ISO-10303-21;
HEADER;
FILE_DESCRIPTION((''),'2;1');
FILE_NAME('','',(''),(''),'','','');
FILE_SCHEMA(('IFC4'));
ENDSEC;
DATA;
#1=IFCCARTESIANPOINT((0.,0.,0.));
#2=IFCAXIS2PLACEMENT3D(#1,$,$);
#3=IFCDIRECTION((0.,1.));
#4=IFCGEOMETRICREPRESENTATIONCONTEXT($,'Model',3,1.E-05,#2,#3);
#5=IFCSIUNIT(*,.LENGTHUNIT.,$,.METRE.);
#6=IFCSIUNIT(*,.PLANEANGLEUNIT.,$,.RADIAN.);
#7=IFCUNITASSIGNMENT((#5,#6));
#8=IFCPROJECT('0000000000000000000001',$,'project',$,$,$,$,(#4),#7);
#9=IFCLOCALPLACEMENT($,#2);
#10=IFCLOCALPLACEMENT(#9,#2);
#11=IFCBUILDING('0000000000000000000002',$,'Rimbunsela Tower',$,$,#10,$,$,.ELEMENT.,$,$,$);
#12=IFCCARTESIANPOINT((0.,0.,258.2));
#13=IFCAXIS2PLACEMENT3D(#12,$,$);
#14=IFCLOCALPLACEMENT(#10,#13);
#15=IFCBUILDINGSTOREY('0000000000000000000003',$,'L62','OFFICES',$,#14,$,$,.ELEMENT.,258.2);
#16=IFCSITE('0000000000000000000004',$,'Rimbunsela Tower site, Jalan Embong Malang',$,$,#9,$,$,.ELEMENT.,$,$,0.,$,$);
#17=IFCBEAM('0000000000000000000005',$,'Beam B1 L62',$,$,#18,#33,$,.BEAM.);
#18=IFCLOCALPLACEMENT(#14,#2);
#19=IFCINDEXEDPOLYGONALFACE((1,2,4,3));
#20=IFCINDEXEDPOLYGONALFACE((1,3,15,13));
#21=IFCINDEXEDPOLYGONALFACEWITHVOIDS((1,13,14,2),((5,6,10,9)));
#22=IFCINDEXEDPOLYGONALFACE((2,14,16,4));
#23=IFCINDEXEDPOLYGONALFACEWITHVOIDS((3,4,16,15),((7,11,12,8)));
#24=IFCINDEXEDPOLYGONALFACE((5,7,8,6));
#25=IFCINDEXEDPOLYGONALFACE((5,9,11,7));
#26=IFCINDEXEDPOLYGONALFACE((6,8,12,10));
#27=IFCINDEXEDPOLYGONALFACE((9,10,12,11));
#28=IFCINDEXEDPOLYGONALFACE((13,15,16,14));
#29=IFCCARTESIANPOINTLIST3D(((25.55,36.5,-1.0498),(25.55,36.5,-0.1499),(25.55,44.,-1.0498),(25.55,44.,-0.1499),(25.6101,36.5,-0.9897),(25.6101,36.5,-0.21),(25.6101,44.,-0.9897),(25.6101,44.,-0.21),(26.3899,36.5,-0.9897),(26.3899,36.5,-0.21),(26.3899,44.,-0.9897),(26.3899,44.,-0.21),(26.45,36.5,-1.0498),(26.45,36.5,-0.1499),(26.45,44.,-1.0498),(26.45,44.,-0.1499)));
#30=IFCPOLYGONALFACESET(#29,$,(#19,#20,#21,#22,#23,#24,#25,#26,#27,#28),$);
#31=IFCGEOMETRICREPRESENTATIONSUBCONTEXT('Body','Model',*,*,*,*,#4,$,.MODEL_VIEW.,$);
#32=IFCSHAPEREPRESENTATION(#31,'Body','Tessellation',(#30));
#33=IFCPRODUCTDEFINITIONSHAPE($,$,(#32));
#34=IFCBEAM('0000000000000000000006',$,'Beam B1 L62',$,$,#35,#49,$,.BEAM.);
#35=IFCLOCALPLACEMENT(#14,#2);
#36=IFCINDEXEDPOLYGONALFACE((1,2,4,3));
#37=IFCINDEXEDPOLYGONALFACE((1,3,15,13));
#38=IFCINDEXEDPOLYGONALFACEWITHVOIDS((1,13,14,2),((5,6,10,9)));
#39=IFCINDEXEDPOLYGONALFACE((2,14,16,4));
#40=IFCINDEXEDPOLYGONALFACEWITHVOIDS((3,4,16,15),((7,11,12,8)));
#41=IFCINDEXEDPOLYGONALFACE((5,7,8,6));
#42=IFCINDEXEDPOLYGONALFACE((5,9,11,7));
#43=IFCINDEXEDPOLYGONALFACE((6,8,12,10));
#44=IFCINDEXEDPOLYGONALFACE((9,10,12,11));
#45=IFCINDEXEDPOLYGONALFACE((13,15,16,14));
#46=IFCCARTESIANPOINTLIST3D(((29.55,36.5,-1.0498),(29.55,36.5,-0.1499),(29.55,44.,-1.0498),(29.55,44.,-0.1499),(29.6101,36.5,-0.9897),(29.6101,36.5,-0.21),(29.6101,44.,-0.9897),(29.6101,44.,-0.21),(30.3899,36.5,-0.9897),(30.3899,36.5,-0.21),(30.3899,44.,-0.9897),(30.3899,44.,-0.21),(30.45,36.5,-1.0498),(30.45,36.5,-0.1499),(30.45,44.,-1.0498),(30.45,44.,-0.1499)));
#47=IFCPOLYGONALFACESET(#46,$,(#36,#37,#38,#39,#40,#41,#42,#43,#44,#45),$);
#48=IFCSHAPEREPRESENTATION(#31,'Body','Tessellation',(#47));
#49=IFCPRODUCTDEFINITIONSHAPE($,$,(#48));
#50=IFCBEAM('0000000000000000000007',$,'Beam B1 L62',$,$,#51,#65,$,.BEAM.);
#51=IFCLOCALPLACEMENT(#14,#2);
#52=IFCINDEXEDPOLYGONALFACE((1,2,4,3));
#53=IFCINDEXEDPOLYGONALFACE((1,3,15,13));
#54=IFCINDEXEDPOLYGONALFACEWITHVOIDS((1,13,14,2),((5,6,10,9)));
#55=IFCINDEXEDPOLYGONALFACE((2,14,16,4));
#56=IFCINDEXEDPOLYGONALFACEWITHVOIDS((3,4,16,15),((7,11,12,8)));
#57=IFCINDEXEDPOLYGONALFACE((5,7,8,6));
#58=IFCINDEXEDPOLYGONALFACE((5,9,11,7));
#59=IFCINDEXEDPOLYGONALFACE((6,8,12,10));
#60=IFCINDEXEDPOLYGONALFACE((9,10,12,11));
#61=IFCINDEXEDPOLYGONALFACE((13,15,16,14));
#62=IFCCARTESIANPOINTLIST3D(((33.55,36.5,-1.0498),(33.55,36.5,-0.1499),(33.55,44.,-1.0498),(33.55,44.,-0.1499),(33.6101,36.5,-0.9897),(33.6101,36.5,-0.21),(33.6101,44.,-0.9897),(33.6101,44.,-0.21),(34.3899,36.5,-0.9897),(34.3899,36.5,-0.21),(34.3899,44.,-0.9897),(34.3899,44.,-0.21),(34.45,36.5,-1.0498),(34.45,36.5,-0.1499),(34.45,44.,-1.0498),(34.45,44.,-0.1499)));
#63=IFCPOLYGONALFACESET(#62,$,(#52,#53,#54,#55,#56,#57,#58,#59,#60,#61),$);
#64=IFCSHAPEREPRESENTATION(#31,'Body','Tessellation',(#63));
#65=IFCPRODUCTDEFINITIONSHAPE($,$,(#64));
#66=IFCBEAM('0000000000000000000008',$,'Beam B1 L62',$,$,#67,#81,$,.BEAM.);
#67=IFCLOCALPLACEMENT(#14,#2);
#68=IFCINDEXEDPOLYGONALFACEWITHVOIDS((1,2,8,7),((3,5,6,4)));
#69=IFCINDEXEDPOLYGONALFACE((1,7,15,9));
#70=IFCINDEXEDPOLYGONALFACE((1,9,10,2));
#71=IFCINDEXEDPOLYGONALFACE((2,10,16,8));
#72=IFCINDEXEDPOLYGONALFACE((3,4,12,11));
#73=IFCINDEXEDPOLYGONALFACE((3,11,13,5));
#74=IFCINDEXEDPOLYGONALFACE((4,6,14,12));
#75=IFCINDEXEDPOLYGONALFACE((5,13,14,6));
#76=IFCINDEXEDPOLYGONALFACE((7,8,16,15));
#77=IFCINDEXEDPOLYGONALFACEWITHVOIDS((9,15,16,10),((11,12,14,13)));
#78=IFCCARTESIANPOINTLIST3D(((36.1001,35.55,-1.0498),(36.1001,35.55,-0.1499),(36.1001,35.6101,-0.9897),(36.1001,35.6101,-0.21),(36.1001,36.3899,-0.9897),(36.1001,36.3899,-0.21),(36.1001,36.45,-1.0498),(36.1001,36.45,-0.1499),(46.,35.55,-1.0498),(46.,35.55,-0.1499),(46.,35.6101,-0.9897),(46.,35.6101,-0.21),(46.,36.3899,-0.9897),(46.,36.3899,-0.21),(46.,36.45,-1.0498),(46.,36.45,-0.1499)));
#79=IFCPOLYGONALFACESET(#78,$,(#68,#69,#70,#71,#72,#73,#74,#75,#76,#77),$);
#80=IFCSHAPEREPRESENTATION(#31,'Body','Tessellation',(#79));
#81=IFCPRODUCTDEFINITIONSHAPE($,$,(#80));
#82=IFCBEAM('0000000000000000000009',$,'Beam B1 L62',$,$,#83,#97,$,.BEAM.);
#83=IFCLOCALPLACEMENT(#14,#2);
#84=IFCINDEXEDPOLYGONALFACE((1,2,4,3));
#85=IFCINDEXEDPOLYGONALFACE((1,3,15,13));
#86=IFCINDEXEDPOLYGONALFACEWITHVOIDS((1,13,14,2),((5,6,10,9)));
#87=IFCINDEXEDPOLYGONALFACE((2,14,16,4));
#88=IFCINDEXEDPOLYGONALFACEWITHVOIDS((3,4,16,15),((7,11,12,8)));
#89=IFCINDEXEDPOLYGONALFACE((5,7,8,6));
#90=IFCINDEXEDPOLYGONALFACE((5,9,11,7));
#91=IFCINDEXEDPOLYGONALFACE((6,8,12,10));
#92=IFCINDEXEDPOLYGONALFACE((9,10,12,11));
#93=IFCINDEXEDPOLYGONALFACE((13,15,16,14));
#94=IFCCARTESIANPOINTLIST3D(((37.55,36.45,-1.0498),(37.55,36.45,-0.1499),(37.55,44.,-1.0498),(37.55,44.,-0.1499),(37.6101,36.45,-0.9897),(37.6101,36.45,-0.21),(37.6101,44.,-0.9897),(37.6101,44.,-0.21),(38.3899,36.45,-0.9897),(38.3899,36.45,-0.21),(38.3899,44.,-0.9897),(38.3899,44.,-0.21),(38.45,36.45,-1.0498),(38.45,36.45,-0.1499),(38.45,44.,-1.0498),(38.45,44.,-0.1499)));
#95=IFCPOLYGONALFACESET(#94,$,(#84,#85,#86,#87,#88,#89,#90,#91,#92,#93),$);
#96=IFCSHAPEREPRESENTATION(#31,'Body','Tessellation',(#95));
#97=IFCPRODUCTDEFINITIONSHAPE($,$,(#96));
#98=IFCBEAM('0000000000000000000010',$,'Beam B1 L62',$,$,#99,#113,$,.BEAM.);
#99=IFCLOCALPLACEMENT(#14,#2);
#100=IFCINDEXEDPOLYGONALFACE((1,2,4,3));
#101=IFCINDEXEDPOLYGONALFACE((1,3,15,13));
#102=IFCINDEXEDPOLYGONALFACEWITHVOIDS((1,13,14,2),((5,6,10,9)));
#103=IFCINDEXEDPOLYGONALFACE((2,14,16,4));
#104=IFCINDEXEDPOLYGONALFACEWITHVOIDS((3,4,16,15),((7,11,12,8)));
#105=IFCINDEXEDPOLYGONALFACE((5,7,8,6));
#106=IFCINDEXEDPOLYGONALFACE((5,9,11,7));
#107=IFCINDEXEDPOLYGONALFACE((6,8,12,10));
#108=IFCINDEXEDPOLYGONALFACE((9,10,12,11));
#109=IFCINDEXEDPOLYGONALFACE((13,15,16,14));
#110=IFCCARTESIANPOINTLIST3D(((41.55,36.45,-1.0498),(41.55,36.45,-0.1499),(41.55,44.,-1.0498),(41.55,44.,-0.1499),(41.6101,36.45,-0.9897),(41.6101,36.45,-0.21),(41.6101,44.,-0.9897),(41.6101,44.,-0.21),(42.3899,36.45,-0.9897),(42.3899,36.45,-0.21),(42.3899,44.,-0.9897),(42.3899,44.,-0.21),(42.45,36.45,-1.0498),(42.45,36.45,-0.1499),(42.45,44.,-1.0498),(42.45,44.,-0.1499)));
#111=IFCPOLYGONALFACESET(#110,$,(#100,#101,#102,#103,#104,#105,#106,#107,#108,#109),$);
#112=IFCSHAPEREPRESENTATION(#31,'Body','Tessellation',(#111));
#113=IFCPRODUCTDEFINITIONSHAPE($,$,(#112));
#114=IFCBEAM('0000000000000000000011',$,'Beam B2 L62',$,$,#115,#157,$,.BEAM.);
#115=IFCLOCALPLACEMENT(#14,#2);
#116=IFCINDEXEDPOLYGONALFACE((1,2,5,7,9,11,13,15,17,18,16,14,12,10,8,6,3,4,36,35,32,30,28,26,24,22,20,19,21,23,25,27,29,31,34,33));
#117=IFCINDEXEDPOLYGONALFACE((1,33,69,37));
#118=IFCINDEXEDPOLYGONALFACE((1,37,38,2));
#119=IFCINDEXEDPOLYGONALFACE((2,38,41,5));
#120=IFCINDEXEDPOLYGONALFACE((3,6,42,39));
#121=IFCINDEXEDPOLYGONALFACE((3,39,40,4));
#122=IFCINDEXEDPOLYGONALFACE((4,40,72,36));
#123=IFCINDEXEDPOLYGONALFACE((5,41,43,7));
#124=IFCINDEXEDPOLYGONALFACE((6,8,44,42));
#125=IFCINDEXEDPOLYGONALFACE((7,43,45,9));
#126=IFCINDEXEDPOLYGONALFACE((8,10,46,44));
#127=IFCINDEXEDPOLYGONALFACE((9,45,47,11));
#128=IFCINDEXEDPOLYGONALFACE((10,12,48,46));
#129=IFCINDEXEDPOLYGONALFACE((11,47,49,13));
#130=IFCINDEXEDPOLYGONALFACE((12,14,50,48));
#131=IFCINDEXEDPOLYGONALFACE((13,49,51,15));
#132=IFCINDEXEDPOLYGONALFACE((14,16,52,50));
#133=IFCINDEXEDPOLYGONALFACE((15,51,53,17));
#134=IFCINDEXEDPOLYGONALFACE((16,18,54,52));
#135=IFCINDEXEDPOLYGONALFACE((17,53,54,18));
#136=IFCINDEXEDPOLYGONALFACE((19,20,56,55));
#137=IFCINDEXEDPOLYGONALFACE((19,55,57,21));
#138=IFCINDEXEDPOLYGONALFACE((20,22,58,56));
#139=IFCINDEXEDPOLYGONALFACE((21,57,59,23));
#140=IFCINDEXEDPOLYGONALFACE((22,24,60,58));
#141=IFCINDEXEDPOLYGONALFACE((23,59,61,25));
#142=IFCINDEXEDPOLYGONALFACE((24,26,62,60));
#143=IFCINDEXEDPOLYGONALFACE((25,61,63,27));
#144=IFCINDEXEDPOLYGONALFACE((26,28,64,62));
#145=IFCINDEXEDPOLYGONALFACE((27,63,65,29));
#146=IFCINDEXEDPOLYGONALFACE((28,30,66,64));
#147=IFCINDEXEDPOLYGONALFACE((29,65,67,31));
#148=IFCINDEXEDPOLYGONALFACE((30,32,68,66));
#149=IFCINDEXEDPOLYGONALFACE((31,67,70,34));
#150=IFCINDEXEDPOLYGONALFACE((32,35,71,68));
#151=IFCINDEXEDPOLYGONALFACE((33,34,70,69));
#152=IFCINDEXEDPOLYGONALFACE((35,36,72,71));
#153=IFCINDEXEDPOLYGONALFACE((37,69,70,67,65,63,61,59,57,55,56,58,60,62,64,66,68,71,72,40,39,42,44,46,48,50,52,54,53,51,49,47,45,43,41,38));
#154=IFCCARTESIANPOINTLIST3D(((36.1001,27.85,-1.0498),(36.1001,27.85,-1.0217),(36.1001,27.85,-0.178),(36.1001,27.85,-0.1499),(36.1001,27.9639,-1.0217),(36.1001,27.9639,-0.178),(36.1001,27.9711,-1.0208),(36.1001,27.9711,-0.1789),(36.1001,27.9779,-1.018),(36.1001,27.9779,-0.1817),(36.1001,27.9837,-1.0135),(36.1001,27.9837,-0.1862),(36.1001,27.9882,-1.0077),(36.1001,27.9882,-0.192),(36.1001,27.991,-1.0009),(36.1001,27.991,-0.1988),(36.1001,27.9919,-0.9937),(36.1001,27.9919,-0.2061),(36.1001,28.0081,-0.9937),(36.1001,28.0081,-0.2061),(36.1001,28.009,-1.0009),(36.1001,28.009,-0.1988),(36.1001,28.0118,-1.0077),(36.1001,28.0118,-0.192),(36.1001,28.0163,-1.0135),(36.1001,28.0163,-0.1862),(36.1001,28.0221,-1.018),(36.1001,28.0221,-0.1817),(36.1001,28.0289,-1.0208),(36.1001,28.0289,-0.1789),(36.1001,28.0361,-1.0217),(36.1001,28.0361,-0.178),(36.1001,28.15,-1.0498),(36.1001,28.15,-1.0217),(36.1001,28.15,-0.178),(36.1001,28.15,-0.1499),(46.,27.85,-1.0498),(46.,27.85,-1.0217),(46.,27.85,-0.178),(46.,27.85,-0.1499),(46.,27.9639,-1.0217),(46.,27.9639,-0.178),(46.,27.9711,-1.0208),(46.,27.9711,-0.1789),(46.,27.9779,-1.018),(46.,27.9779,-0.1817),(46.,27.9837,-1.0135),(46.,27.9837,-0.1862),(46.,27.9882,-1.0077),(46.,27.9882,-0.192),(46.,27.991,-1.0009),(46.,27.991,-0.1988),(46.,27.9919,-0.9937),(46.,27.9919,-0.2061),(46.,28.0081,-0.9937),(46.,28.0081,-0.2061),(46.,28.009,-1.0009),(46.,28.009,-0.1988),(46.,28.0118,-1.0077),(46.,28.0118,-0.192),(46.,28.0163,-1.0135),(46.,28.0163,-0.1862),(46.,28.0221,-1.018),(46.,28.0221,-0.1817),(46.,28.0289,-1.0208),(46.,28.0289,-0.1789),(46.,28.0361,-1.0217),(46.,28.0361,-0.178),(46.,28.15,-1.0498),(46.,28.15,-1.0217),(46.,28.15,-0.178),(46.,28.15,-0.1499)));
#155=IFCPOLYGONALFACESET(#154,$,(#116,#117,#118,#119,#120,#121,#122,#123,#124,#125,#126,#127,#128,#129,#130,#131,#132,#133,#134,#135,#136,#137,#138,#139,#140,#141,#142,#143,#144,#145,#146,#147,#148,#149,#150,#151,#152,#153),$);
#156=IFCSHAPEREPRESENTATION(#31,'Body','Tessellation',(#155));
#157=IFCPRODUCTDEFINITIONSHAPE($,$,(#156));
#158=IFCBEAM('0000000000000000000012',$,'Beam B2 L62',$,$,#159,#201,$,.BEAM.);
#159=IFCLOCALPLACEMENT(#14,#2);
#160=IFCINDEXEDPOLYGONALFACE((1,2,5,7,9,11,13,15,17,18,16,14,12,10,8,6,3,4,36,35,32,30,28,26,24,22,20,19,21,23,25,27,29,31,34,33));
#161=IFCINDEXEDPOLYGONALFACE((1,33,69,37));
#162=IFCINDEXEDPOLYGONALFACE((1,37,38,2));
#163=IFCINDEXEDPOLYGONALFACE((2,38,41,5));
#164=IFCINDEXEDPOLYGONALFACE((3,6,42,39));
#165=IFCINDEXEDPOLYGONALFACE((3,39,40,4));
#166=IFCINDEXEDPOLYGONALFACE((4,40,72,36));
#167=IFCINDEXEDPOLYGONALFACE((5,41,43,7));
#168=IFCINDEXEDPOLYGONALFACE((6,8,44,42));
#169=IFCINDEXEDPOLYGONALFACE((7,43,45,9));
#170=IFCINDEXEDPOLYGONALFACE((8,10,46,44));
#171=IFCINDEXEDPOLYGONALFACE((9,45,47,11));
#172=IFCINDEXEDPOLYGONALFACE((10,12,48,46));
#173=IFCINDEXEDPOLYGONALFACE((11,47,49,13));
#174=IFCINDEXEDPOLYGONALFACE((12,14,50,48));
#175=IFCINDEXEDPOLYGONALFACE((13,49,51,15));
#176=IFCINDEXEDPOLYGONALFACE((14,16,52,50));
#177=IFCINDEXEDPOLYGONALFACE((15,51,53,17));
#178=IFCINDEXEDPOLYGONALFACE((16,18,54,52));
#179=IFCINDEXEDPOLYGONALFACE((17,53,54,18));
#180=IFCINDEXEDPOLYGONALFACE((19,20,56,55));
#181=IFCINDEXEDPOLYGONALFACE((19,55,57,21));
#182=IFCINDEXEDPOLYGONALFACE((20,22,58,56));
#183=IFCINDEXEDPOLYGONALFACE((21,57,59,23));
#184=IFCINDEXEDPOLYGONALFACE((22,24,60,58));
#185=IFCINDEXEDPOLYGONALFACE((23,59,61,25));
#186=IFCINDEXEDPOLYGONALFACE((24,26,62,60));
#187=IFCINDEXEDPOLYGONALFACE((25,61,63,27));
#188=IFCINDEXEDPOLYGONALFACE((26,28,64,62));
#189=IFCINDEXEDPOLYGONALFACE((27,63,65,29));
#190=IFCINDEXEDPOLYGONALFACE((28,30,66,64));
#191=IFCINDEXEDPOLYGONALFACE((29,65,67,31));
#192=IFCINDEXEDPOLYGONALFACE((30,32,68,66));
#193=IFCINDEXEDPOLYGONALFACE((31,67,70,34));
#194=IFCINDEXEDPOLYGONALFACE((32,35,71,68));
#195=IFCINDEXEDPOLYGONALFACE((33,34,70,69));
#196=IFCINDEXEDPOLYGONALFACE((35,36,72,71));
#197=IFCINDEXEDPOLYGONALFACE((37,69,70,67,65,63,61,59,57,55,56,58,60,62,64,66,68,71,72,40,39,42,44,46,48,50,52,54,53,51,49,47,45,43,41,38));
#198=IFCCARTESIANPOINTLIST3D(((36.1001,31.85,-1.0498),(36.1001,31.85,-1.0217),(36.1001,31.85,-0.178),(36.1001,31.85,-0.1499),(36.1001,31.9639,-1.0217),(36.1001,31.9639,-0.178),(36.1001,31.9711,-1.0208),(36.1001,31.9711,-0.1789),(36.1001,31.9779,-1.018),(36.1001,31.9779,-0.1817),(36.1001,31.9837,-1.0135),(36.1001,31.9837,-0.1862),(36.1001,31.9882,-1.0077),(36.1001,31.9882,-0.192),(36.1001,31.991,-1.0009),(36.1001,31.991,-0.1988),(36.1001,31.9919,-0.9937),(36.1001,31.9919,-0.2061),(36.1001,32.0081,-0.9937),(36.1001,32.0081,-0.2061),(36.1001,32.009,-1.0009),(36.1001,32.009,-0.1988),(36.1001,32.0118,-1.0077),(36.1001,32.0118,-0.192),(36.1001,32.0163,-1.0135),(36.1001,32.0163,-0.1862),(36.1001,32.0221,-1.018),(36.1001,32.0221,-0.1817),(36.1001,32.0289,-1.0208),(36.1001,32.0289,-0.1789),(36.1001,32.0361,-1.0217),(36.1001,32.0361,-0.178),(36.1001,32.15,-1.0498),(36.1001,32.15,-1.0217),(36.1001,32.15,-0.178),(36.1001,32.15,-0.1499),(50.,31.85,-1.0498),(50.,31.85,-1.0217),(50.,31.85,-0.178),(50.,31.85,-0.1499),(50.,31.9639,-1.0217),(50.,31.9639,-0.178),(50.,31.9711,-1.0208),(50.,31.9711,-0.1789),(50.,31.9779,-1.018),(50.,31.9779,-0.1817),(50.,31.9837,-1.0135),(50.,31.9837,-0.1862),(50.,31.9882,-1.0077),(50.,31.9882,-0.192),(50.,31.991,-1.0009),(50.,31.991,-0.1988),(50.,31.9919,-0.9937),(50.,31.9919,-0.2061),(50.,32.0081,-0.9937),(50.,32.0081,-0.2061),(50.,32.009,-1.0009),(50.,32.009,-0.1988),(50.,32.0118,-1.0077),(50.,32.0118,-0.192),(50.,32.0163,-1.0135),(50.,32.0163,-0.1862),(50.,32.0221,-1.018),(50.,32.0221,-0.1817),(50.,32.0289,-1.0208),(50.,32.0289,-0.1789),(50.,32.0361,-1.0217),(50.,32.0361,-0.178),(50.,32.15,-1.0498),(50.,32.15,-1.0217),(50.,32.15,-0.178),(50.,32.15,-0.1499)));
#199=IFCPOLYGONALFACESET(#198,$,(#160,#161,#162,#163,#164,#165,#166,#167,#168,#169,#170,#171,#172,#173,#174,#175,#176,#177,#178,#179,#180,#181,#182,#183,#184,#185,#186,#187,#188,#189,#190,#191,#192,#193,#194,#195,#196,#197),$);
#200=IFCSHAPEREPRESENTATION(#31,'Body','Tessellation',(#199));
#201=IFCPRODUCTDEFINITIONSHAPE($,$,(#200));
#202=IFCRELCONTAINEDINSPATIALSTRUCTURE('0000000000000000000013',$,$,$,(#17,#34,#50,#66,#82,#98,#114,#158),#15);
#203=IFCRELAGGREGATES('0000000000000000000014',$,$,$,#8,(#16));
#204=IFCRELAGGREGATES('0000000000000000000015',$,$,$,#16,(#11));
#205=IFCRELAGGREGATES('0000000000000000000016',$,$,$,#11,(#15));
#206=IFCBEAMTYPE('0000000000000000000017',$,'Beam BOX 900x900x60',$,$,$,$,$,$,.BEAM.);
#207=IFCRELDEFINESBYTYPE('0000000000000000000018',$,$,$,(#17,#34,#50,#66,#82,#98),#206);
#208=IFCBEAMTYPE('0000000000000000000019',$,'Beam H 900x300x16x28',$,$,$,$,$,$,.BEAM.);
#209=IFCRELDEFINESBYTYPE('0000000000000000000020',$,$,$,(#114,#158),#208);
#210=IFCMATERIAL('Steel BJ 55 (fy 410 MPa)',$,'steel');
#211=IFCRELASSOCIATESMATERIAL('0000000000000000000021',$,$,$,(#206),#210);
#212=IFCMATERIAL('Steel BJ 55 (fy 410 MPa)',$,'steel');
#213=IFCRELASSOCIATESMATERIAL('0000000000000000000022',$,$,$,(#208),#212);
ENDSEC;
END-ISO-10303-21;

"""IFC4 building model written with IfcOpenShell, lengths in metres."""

from ifc_helpers import new_model, si_unit, direction, frame, origin, origin_2d, place, context, subcontext, project, spatial, hollow_rectangle, i_section, extrude, material, material_profile, profile_set, type_object, element, save


model = new_model("IFC4")

# Units and contexts
model_context = context("Model", 3, precision=1e-05, world=origin(), true_north=direction((0.0, 1.0)))
body_context = subcontext(model_context, "Body", "Model", "MODEL_VIEW")
ifc_project = project(units=[si_unit("LENGTHUNIT", "METRE"), si_unit("PLANEANGLEUNIT", "RADIAN")], contexts=[model_context])

# Site, building, storey
site_placement = place(None, origin())
site = spatial("IfcSite", under=ifc_project, at=site_placement, Name="Rimbunsela Tower site, Jalan Embong Malang", CompositionType="ELEMENT", RefElevation=0.0)
building_placement = place(site_placement, origin())
building = spatial("IfcBuilding", under=site, at=building_placement, Name="Rimbunsela Tower", CompositionType="ELEMENT")
storey_placement = place(building_placement, frame((0.0, 0.0, 258.2)))
storey = spatial("IfcBuildingStorey", under=building, at=storey_placement, Name="L62", Description="OFFICES", CompositionType="ELEMENT", Elevation=258.2)

# Beams
ifc_material_1 = material(Name="Steel BJ 55 (fy 410 MPa)", Category="steel")
ifc_material_profile_1 = material_profile(ifc_material_1, hollow_rectangle(XDim=0.8999, YDim=0.8999, WallThickness=0.0601, at=origin_2d()), Name="BOX 900x900x60")
ifc_profile_set_1 = profile_set([ifc_material_profile_1], Name="Steel BJ 55 (fy 410 MPa)")
beam_type_1 = type_object("IfcBeamType", Name="Beam BOX 900x900x60", PredefinedType="BEAM", material=ifc_profile_set_1)
for number, where, z_axis, x_axis, name in (
    (1, (26.0, 36.5, -0.5999), (0.0, 1.0, 0.0), (-1.0, 0.0, 0.0), "Beam B1 L62"),
    (2, (30.0, 36.5, -0.5999), (0.0, 1.0, 0.0), (-1.0, 0.0, 0.0), "Beam B1 L62"),
    (3, (34.0, 36.5, -0.5999), (0.0, 1.0, 0.0), (-1.0, 0.0, 0.0), "Beam B1 L62"),
):
    element("IfcBeam", number, at=place(storey_placement, frame(where, z_axis=z_axis, x_axis=x_axis)), inside=storey, type_object=beam_type_1, Name=name, PredefinedType="BEAM", context=body_context, shape_type="SweptSolid", body=[
        extrude(hollow_rectangle(XDim=0.8999, YDim=0.8999, WallThickness=0.0601, at=origin_2d()), origin(), (0.0, 0.0, 1.0), 7.5),
    ])
beam_1_placement = place(storey_placement, frame((36.1001, 36.0, -0.5999), z_axis=(1.0, 0.0, 0.0), x_axis=(0.0, 1.0, 0.0)))
element("IfcBeam", 4, at=beam_1_placement, inside=storey, type_object=beam_type_1, Name="Beam B1 L62", PredefinedType="BEAM", context=body_context, shape_type="SweptSolid", body=[
    extrude(hollow_rectangle(XDim=0.8999, YDim=0.8999, WallThickness=0.0601, at=origin_2d()), origin(), (0.0, 0.0, 1.0), 9.8999),
])
for number, where, z_axis, x_axis, name in (
    (5, (38.0, 36.45, -0.5999), (0.0, 1.0, 0.0), (-1.0, 0.0, 0.0), "Beam B1 L62"),
    (6, (42.0, 36.45, -0.5999), (0.0, 1.0, 0.0), (-1.0, 0.0, 0.0), "Beam B1 L62"),
):
    element("IfcBeam", number, at=place(storey_placement, frame(where, z_axis=z_axis, x_axis=x_axis)), inside=storey, type_object=beam_type_1, Name=name, PredefinedType="BEAM", context=body_context, shape_type="SweptSolid", body=[
        extrude(hollow_rectangle(XDim=0.8999, YDim=0.8999, WallThickness=0.0601, at=origin_2d()), origin(), (0.0, 0.0, 1.0), 7.55),
    ])
ifc_material_2 = material(Name="Steel BJ 55 (fy 410 MPa)", Category="steel")
ifc_material_profile_2 = material_profile(ifc_material_2, i_section(OverallWidth=0.3, OverallDepth=0.8999, WebThickness=0.0161, FlangeThickness=0.0281, FilletRadius=0.0281, at=origin_2d()), Name="H 900x300x16x28")
ifc_profile_set_2 = profile_set([ifc_material_profile_2], Name="Steel BJ 55 (fy 410 MPa)")
beam_type_2 = type_object("IfcBeamType", Name="Beam H 900x300x16x28", PredefinedType="BEAM", material=ifc_profile_set_2)
beam_2_placement = place(storey_placement, frame((36.1001, 28.0, -0.5999), z_axis=(1.0, 0.0, 0.0), x_axis=(0.0, 1.0, 0.0)))
element("IfcBeam", 7, at=beam_2_placement, inside=storey, type_object=beam_type_2, Name="Beam B2 L62", PredefinedType="BEAM", context=body_context, shape_type="SweptSolid", body=[
    extrude(i_section(OverallWidth=0.3, OverallDepth=0.8999, WebThickness=0.0161, FlangeThickness=0.0281, FilletRadius=0.0281, at=origin_2d()), origin(), (0.0, 0.0, 1.0), 9.8999),
])
beam_3_placement = place(storey_placement, frame((36.1001, 32.0, -0.5999), z_axis=(1.0, 0.0, 0.0), x_axis=(0.0, 1.0, 0.0)))
element("IfcBeam", 8, at=beam_3_placement, inside=storey, type_object=beam_type_2, Name="Beam B2 L62", PredefinedType="BEAM", context=body_context, shape_type="SweptSolid", body=[
    extrude(i_section(OverallWidth=0.3, OverallDepth=0.8999, WebThickness=0.0161, FlangeThickness=0.0281, FilletRadius=0.0281, at=origin_2d()), origin(), (0.0, 0.0, 1.0), 13.8999),
])

save(model, "model.ifc")
